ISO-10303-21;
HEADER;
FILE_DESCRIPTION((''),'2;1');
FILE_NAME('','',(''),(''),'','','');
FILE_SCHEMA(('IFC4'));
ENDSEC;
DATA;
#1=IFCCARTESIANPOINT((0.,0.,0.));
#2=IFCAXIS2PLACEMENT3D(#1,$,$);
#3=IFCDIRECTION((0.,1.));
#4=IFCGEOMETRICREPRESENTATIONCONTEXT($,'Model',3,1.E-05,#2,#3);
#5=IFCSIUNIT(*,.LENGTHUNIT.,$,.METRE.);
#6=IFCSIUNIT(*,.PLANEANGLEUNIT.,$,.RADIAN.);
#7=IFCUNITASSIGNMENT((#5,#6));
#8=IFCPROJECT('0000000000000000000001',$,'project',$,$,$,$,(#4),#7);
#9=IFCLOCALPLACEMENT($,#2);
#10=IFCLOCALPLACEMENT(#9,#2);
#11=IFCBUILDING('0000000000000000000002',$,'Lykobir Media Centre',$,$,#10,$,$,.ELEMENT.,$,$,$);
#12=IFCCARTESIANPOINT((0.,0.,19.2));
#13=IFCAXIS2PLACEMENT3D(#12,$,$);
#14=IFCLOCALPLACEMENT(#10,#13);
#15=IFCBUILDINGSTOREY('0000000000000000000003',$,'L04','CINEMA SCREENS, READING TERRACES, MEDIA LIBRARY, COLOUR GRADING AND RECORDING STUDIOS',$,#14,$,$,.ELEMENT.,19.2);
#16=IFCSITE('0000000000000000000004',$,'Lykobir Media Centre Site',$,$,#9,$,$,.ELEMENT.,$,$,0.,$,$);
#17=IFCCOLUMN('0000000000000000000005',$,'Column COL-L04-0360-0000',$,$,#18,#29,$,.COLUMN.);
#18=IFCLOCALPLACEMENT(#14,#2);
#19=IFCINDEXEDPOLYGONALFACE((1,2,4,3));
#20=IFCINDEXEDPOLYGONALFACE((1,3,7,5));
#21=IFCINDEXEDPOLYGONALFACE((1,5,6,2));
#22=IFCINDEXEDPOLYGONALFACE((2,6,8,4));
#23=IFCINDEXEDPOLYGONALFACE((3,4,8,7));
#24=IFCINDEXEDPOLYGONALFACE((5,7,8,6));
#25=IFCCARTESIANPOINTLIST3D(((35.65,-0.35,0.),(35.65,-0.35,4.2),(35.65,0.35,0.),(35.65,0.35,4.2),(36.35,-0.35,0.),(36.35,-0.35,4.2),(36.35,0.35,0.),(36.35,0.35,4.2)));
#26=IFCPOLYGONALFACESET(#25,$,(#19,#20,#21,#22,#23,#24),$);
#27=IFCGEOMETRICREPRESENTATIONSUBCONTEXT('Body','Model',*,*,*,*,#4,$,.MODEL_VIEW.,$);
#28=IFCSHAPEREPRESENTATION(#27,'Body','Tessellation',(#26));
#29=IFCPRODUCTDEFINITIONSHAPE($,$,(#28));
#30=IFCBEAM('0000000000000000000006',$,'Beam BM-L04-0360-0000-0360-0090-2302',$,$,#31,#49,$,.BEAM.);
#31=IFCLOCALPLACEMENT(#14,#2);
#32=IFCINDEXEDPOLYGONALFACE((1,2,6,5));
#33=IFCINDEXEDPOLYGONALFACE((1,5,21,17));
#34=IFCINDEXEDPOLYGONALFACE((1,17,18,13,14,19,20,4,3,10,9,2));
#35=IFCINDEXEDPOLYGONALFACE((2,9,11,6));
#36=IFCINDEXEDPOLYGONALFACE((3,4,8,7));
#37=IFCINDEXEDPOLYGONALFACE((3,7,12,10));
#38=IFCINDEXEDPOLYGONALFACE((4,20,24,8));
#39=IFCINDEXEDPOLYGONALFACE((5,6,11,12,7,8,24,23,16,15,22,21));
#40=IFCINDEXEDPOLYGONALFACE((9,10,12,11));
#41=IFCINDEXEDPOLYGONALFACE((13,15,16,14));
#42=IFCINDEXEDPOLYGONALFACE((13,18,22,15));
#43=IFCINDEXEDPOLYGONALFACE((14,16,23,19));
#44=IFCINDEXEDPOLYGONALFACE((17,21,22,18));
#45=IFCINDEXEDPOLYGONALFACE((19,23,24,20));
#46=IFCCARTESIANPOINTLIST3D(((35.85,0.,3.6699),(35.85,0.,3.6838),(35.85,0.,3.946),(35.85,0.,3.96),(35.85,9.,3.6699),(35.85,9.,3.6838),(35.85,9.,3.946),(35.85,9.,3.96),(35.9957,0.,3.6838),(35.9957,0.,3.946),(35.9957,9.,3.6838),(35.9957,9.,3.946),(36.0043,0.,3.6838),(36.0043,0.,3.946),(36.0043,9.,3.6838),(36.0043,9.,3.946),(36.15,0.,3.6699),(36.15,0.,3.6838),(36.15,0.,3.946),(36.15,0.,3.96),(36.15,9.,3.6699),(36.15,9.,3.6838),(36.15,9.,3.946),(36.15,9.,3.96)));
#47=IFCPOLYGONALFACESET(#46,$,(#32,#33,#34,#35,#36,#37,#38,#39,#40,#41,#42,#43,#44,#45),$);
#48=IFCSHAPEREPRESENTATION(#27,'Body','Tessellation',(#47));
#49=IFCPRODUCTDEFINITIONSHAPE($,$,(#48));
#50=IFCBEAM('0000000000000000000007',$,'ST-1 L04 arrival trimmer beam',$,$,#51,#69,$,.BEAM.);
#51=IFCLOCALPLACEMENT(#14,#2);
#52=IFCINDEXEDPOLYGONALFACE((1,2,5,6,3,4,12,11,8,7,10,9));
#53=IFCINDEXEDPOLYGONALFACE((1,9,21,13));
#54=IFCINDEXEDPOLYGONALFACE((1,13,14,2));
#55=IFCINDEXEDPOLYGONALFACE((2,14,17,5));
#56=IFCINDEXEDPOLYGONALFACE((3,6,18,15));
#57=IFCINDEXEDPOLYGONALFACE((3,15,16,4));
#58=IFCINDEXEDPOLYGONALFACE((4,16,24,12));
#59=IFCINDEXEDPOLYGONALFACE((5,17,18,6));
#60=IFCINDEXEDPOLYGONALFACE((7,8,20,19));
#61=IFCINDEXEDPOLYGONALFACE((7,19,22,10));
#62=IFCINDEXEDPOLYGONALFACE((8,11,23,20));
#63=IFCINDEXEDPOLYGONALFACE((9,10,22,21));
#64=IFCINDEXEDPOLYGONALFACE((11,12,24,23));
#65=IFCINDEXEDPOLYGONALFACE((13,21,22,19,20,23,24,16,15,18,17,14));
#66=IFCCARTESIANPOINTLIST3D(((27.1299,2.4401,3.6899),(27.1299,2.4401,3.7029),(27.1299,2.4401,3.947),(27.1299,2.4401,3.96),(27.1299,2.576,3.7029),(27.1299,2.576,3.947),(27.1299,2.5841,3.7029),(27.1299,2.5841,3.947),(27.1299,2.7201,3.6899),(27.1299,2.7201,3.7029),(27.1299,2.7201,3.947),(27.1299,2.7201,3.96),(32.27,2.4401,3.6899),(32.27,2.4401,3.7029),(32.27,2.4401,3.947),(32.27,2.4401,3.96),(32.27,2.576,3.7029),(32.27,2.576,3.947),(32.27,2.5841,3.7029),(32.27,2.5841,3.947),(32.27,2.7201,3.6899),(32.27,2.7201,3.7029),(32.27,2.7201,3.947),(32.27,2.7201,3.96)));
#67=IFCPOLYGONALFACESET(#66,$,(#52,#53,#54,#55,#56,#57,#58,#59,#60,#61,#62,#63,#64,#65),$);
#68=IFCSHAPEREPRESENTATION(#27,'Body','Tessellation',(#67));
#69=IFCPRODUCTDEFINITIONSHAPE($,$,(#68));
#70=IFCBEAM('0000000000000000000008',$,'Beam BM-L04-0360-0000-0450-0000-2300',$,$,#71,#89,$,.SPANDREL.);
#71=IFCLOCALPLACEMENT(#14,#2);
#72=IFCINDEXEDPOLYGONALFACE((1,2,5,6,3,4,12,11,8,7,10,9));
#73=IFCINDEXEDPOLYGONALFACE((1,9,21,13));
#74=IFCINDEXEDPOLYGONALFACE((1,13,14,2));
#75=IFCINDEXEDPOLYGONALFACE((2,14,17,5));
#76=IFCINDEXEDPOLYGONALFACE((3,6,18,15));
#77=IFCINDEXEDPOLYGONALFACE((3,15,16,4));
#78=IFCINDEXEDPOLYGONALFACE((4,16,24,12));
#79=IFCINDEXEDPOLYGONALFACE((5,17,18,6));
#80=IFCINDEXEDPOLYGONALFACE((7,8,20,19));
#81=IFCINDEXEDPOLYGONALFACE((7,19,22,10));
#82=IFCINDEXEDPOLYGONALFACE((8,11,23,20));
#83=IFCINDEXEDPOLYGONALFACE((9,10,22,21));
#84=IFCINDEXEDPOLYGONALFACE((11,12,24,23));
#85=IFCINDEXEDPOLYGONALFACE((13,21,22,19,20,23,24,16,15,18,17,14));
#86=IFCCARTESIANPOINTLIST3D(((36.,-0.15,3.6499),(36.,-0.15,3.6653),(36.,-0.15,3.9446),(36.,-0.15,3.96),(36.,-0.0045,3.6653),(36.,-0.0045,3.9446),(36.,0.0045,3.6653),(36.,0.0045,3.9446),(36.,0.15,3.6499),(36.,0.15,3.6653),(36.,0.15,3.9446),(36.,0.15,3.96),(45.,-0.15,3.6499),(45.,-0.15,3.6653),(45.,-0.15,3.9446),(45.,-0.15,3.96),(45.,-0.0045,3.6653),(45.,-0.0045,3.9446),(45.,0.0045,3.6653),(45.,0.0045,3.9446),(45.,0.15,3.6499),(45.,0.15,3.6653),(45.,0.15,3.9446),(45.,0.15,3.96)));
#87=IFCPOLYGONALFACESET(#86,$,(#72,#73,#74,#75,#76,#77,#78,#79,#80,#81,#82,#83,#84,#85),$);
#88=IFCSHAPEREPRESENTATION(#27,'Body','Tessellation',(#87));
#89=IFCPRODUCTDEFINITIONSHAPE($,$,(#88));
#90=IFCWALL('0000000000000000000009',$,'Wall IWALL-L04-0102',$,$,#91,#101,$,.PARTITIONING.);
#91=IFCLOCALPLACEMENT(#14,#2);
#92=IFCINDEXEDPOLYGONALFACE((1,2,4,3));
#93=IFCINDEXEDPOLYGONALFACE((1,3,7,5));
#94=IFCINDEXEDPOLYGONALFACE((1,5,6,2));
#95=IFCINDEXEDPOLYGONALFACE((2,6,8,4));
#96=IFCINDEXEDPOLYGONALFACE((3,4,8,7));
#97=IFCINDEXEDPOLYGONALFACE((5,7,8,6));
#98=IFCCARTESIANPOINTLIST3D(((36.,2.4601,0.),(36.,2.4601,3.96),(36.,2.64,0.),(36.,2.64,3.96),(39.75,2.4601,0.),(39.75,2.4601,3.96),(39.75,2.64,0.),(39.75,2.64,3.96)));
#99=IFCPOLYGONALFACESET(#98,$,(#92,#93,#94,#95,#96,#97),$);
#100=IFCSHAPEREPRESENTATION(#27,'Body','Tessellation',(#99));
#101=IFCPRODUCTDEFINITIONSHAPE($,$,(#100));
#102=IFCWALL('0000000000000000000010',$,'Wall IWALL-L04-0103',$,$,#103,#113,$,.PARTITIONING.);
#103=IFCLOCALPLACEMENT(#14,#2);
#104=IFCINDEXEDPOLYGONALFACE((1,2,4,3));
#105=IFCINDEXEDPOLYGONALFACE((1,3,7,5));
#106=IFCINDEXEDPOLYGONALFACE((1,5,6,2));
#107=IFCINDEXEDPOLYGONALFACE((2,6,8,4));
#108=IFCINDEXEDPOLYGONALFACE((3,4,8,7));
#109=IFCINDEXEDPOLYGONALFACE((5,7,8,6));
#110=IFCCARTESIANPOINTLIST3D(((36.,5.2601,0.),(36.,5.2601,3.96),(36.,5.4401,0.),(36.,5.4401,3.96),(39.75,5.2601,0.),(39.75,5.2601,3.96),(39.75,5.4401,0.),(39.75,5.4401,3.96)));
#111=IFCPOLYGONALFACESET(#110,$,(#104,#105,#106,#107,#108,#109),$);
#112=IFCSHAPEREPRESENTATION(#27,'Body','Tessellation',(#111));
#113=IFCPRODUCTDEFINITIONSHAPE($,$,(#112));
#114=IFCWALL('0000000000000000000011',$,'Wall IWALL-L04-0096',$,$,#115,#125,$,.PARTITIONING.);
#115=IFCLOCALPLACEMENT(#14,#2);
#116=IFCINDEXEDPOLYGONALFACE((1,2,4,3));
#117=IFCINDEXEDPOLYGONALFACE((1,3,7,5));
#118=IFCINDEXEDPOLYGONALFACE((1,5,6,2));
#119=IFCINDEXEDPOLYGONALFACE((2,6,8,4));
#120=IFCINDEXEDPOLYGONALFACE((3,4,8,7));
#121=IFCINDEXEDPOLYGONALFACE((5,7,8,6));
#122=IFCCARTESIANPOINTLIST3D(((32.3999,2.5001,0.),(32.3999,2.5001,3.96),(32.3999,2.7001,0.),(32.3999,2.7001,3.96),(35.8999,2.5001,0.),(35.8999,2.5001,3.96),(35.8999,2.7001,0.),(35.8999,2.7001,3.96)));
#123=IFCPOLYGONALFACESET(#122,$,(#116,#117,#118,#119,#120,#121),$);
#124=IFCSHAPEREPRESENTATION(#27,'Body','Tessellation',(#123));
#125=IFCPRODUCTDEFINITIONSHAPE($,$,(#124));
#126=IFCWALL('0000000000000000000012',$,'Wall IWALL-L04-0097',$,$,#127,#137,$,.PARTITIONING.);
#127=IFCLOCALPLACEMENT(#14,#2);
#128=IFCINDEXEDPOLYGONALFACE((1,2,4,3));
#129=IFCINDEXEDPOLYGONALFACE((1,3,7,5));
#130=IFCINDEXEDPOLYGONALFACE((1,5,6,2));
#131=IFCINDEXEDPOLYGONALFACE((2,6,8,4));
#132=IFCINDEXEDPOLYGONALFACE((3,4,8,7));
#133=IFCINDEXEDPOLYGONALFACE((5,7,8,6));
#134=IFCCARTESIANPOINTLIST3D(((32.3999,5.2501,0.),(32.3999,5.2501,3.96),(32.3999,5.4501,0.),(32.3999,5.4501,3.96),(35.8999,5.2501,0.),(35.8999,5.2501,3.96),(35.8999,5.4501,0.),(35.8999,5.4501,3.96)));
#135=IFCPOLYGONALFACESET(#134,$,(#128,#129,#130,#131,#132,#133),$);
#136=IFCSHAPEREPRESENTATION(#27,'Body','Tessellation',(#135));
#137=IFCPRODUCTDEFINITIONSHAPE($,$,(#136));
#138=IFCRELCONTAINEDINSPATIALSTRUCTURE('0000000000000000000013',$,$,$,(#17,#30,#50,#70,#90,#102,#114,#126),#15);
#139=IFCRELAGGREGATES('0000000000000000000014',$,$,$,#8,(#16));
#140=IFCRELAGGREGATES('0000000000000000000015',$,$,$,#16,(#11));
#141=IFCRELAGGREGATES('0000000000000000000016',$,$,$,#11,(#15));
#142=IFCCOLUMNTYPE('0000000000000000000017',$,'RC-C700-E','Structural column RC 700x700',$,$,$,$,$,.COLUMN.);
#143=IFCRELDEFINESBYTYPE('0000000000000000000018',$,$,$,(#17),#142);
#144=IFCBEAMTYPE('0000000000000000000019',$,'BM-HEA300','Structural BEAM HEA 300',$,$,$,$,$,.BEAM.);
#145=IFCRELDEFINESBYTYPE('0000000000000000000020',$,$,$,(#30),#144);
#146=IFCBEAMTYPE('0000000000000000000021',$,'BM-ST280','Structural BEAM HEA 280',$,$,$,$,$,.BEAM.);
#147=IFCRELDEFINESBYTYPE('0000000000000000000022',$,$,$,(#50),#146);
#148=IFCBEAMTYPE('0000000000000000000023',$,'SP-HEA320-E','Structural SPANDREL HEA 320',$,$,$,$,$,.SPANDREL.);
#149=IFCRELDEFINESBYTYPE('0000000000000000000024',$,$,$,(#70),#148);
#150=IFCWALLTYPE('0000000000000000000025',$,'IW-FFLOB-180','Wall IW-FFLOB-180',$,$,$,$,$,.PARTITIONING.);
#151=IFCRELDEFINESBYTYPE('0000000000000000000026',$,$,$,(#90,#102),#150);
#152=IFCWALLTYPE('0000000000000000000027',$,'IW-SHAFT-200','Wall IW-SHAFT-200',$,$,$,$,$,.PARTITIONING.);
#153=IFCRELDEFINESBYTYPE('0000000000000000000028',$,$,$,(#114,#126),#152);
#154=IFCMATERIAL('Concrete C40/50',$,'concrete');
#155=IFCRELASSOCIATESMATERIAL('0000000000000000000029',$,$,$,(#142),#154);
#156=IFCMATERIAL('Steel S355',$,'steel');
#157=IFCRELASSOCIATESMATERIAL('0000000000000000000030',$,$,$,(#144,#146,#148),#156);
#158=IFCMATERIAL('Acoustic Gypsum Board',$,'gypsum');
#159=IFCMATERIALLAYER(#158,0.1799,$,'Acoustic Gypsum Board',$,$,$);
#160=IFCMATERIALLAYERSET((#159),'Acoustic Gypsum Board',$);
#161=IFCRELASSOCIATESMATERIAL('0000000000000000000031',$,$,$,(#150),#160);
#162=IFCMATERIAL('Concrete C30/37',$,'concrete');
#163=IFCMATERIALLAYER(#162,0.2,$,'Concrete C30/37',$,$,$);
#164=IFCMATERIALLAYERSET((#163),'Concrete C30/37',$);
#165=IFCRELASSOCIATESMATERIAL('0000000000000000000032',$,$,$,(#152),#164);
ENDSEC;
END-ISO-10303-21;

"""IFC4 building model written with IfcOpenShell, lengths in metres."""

from ifc_helpers import new_model, si_unit, direction, frame, frame_2d, origin, origin_2d, place, context, subcontext, project, spatial, rectangle, i_section, extrude, material, layer, layer_set, material_profile, profile_set, type_object, element, save


model = new_model("IFC4")

# Units and contexts
model_context = context("Model", 3, precision=1e-05, world=origin(), true_north=direction((0.0, 1.0)))
body_context = subcontext(model_context, "Body", "Model", "MODEL_VIEW")
ifc_project = project(units=[si_unit("LENGTHUNIT", "METRE"), si_unit("PLANEANGLEUNIT", "RADIAN")], contexts=[model_context])

# Site, building, storey
site_placement = place(None, origin())
site = spatial("IfcSite", under=ifc_project, at=site_placement, Name="Lykobir Media Centre Site", CompositionType="ELEMENT", RefElevation=0.0)
building_placement = place(site_placement, origin())
building = spatial("IfcBuilding", under=site, at=building_placement, Name="Lykobir Media Centre", CompositionType="ELEMENT")
storey_placement = place(building_placement, frame((0.0, 0.0, 19.2)))
storey = spatial("IfcBuildingStorey", under=building, at=storey_placement, Name="L04", Description="CINEMA SCREENS, READING TERRACES, MEDIA LIBRARY, COLOUR GRADING AND RECORDING STUDIOS", CompositionType="ELEMENT", Elevation=19.2)

# Column
ifc_material_1 = material(Name="Concrete C40/50", Category="concrete")
ifc_material_profile_1 = material_profile(ifc_material_1, rectangle(XDim=0.7, YDim=0.7, at=origin_2d()), Name="RC 700x700")
ifc_profile_set_1 = profile_set([ifc_material_profile_1], Name="Concrete C40/50")
column_type = type_object("IfcColumnType", Name="RC-C700-E", Description="Structural column RC 700x700", PredefinedType="COLUMN", material=ifc_profile_set_1)
column_placement = place(storey_placement, frame((36.0, 0.0, 0.0), z_axis=(0.0, 0.0, 1.0), x_axis=(1.0, 0.0, 0.0)))
element("IfcColumn", 1, at=column_placement, inside=storey, type_object=column_type, Name="Column COL-L04-0360-0000", PredefinedType="COLUMN", context=body_context, shape_type="SweptSolid", body=[
    extrude(rectangle(XDim=0.7, YDim=0.7, at=origin_2d()), origin(), (0.0, 0.0, 1.0), 4.2),
])

# Beams
ifc_material_2 = material(Name="Steel S355", Category="steel")
ifc_material_profile_2 = material_profile(ifc_material_2, i_section(OverallWidth=0.3, OverallDepth=0.29, WebThickness=0.0085, FlangeThickness=0.0139, at=origin_2d()), Name="HEA 300")
ifc_profile_set_2 = profile_set([ifc_material_profile_2], Name="Steel S355")
beam_type_1 = type_object("IfcBeamType", Name="BM-HEA300", Description="Structural BEAM HEA 300", PredefinedType="BEAM", material=ifc_profile_set_2)
beam_1_placement = place(storey_placement, frame((36.0, 0.0, 3.8149), z_axis=(0.0, 1.0, 0.0), x_axis=(-1.0, 0.0, 0.0)))
element("IfcBeam", 2, at=beam_1_placement, inside=storey, type_object=beam_type_1, Name="Beam BM-L04-0360-0000-0360-0090-2302", PredefinedType="BEAM", context=body_context, shape_type="SweptSolid", body=[
    extrude(i_section(OverallWidth=0.3, OverallDepth=0.29, WebThickness=0.0085, FlangeThickness=0.0139, at=origin_2d()), origin(), (0.0, 0.0, 1.0), 9.0),
])
ifc_material_profile_3 = material_profile(ifc_material_2, i_section(OverallWidth=0.28, OverallDepth=0.27, WebThickness=0.0081, FlangeThickness=0.0129, at=origin_2d()), Name="HEA 280")
ifc_profile_set_3 = profile_set([ifc_material_profile_3], Name="Steel S355")
beam_type_2 = type_object("IfcBeamType", Name="BM-ST280", Description="Structural BEAM HEA 280", PredefinedType="BEAM", material=ifc_profile_set_3)
beam_2_placement = place(storey_placement, frame((27.1299, 2.5801, 3.825), z_axis=(1.0, 0.0, 0.0), x_axis=(0.0, 1.0, 0.0)))
element("IfcBeam", 3, at=beam_2_placement, inside=storey, type_object=beam_type_2, Name="ST-1 L04 arrival trimmer beam", PredefinedType="BEAM", context=body_context, shape_type="SweptSolid", body=[
    extrude(i_section(OverallWidth=0.28, OverallDepth=0.27, WebThickness=0.0081, FlangeThickness=0.0129, at=origin_2d()), origin(), (0.0, 0.0, 1.0), 5.1401),
])
ifc_material_profile_4 = material_profile(ifc_material_2, i_section(OverallWidth=0.3, OverallDepth=0.3101, WebThickness=0.009, FlangeThickness=0.0154, at=origin_2d()), Name="HEA 320")
ifc_profile_set_4 = profile_set([ifc_material_profile_4], Name="Steel S355")
beam_type_3 = type_object("IfcBeamType", Name="SP-HEA320-E", Description="Structural SPANDREL HEA 320", PredefinedType="SPANDREL", material=ifc_profile_set_4)
beam_3_placement = place(storey_placement, frame((36.0, 0.0, 3.8049), z_axis=(1.0, 0.0, 0.0), x_axis=(0.0, 1.0, 0.0)))
element("IfcBeam", 4, at=beam_3_placement, inside=storey, type_object=beam_type_3, Name="Beam BM-L04-0360-0000-0450-0000-2300", PredefinedType="SPANDREL", context=body_context, shape_type="SweptSolid", body=[
    extrude(i_section(OverallWidth=0.3, OverallDepth=0.3101, WebThickness=0.009, FlangeThickness=0.0154, at=origin_2d()), origin(), (0.0, 0.0, 1.0), 9.0),
])

# Walls
ifc_material_3 = material(Name="Acoustic Gypsum Board", Category="gypsum")
ifc_layer_1 = layer(ifc_material_3, 0.1799, Name="Acoustic Gypsum Board")
ifc_layer_set_1 = layer_set([ifc_layer_1], Name="Acoustic Gypsum Board")
wall_type_1 = type_object("IfcWallType", Name="IW-FFLOB-180", Description="Wall IW-FFLOB-180", PredefinedType="PARTITIONING", material=ifc_layer_set_1)
for number, where, z_axis, x_axis, name in (
    (5, (36.0, 2.55, 0.0), (0.0, 0.0, 1.0), (1.0, 0.0, 0.0), "Wall IWALL-L04-0102"),
    (6, (36.0, 5.3501, 0.0), (0.0, 0.0, 1.0), (1.0, 0.0, 0.0), "Wall IWALL-L04-0103"),
):
    element("IfcWall", number, at=place(storey_placement, frame(where, z_axis=z_axis, x_axis=x_axis)), inside=storey, type_object=wall_type_1, Name=name, PredefinedType="PARTITIONING", context=body_context, shape_type="SweptSolid", body=[
        extrude(rectangle(XDim=3.75, YDim=0.1799, at=frame_2d((1.875, 0.0))), origin(), (0.0, 0.0, 1.0), 3.96),
    ])
ifc_material_4 = material(Name="Concrete C30/37", Category="concrete")
ifc_layer_2 = layer(ifc_material_4, 0.2, Name="Concrete C30/37")
ifc_layer_set_2 = layer_set([ifc_layer_2], Name="Concrete C30/37")
wall_type_2 = type_object("IfcWallType", Name="IW-SHAFT-200", Description="Wall IW-SHAFT-200", PredefinedType="PARTITIONING", material=ifc_layer_set_2)
for number, where, z_axis, x_axis, name in (
    (7, (32.3999, 2.6001, 0.0), (0.0, 0.0, 1.0), (1.0, 0.0, 0.0), "Wall IWALL-L04-0096"),
    (8, (32.3999, 5.3501, 0.0), (0.0, 0.0, 1.0), (1.0, 0.0, 0.0), "Wall IWALL-L04-0097"),
):
    element("IfcWall", number, at=place(storey_placement, frame(where, z_axis=z_axis, x_axis=x_axis)), inside=storey, type_object=wall_type_2, Name=name, PredefinedType="PARTITIONING", context=body_context, shape_type="SweptSolid", body=[
        extrude(rectangle(XDim=3.5, YDim=0.2, at=frame_2d((1.75, 0.0))), origin(), (0.0, 0.0, 1.0), 3.96),
    ])

save(model, "model.ifc")
